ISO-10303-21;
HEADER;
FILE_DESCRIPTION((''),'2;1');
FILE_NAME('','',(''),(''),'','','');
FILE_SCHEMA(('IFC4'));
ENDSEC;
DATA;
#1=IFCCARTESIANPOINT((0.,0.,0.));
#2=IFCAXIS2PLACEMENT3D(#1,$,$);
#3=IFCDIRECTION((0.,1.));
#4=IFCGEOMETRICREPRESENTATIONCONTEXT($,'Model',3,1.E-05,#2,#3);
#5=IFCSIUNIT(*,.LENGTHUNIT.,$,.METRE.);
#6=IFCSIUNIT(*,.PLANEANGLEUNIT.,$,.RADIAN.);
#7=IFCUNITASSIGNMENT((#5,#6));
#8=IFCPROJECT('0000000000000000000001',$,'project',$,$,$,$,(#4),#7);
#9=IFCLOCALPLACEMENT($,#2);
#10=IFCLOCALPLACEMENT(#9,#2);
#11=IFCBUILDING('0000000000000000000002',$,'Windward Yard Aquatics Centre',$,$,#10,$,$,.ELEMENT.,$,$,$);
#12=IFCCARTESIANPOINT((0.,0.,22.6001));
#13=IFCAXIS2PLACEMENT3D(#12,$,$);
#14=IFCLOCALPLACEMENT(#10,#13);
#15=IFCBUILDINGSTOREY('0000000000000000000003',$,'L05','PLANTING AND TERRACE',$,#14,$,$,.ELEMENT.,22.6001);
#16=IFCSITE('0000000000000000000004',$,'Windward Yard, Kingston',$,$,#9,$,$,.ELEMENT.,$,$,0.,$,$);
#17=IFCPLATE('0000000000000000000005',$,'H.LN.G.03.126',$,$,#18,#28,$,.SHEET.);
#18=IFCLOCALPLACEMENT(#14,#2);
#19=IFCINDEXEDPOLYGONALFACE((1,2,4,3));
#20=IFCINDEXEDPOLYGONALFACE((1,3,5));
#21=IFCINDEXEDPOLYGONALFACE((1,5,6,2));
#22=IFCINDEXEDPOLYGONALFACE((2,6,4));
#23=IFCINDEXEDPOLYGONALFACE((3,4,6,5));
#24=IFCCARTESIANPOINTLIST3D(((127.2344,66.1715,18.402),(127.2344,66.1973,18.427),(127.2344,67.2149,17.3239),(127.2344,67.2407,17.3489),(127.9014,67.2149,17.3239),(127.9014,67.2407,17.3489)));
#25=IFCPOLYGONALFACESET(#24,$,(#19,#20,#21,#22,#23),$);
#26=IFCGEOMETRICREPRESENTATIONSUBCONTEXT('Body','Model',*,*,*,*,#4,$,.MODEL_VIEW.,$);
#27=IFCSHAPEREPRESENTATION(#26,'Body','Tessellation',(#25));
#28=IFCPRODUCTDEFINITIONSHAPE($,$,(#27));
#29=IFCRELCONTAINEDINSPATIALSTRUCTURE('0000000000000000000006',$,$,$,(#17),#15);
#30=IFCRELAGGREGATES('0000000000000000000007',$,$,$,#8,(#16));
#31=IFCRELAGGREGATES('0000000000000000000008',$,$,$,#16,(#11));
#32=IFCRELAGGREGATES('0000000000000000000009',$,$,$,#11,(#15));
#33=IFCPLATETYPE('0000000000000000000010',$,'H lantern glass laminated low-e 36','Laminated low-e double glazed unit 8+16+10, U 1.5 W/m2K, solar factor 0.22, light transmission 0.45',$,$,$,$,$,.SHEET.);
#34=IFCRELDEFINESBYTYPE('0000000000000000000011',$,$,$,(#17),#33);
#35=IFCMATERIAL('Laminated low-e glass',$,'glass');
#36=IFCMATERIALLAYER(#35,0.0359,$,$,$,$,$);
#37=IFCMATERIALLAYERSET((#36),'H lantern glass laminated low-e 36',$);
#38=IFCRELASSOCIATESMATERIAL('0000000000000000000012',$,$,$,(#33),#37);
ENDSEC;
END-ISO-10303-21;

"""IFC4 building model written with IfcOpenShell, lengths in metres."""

from ifc_helpers import new_model, si_unit, direction, frame, origin, place, context, subcontext, project, spatial, polyline, outline, extrude, material, layer, layer_set, type_object, element, save


model = new_model("IFC4")

# Units and contexts
model_context = context("Model", 3, precision=1e-05, world=origin(), true_north=direction((0.0, 1.0)))
body_context = subcontext(model_context, "Body", "Model", "MODEL_VIEW")
ifc_project = project(units=[si_unit("LENGTHUNIT", "METRE"), si_unit("PLANEANGLEUNIT", "RADIAN")], contexts=[model_context])

# Site, building, storey
site_placement = place(None, origin())
site = spatial("IfcSite", under=ifc_project, at=site_placement, Name="Windward Yard, Kingston", CompositionType="ELEMENT", RefElevation=0.0)
building_placement = place(site_placement, origin())
building = spatial("IfcBuilding", under=site, at=building_placement, Name="Windward Yard Aquatics Centre", CompositionType="ELEMENT")
storey_placement = place(building_placement, frame((0.0, 0.0, 22.6001)))
storey = spatial("IfcBuildingStorey", under=building, at=storey_placement, Name="L05", Description="PLANTING AND TERRACE", CompositionType="ELEMENT", Elevation=22.6001)

# Plate
ifc_material_1 = material(Name="Laminated low-e glass", Category="glass")
ifc_layer = layer(ifc_material_1, 0.0359)
ifc_layer_set = layer_set([ifc_layer], Name="H lantern glass laminated low-e 36")
plate_type = type_object("IfcPlateType", Name="H lantern glass laminated low-e 36", Description="Laminated low-e double glazed unit 8+16+10, U 1.5 W/m2K, solar factor 0.22, light transmission 0.45", PredefinedType="SHEET", material=ifc_layer_set)
plate_1_placement = place(storey_placement, frame((127.2344, 66.1973, 18.427), z_axis=(0.0, 0.718565, 0.695459), x_axis=(0.0, 0.695459, -0.718565)))
element("IfcPlate", 1, at=plate_1_placement, inside=storey, type_object=plate_type, Name="H.LN.G.03.126", PredefinedType="SHEET", context=body_context, shape_type="SweptSolid", body=[
    extrude(outline(polyline([(0.0, 0.0), (1.5004, 0.0), (1.5004, -0.667), (0.0, 0.0)])), origin(), (0.0, 0.0, -1.0), 0.0359),
])

save(model, "model.ifc")
